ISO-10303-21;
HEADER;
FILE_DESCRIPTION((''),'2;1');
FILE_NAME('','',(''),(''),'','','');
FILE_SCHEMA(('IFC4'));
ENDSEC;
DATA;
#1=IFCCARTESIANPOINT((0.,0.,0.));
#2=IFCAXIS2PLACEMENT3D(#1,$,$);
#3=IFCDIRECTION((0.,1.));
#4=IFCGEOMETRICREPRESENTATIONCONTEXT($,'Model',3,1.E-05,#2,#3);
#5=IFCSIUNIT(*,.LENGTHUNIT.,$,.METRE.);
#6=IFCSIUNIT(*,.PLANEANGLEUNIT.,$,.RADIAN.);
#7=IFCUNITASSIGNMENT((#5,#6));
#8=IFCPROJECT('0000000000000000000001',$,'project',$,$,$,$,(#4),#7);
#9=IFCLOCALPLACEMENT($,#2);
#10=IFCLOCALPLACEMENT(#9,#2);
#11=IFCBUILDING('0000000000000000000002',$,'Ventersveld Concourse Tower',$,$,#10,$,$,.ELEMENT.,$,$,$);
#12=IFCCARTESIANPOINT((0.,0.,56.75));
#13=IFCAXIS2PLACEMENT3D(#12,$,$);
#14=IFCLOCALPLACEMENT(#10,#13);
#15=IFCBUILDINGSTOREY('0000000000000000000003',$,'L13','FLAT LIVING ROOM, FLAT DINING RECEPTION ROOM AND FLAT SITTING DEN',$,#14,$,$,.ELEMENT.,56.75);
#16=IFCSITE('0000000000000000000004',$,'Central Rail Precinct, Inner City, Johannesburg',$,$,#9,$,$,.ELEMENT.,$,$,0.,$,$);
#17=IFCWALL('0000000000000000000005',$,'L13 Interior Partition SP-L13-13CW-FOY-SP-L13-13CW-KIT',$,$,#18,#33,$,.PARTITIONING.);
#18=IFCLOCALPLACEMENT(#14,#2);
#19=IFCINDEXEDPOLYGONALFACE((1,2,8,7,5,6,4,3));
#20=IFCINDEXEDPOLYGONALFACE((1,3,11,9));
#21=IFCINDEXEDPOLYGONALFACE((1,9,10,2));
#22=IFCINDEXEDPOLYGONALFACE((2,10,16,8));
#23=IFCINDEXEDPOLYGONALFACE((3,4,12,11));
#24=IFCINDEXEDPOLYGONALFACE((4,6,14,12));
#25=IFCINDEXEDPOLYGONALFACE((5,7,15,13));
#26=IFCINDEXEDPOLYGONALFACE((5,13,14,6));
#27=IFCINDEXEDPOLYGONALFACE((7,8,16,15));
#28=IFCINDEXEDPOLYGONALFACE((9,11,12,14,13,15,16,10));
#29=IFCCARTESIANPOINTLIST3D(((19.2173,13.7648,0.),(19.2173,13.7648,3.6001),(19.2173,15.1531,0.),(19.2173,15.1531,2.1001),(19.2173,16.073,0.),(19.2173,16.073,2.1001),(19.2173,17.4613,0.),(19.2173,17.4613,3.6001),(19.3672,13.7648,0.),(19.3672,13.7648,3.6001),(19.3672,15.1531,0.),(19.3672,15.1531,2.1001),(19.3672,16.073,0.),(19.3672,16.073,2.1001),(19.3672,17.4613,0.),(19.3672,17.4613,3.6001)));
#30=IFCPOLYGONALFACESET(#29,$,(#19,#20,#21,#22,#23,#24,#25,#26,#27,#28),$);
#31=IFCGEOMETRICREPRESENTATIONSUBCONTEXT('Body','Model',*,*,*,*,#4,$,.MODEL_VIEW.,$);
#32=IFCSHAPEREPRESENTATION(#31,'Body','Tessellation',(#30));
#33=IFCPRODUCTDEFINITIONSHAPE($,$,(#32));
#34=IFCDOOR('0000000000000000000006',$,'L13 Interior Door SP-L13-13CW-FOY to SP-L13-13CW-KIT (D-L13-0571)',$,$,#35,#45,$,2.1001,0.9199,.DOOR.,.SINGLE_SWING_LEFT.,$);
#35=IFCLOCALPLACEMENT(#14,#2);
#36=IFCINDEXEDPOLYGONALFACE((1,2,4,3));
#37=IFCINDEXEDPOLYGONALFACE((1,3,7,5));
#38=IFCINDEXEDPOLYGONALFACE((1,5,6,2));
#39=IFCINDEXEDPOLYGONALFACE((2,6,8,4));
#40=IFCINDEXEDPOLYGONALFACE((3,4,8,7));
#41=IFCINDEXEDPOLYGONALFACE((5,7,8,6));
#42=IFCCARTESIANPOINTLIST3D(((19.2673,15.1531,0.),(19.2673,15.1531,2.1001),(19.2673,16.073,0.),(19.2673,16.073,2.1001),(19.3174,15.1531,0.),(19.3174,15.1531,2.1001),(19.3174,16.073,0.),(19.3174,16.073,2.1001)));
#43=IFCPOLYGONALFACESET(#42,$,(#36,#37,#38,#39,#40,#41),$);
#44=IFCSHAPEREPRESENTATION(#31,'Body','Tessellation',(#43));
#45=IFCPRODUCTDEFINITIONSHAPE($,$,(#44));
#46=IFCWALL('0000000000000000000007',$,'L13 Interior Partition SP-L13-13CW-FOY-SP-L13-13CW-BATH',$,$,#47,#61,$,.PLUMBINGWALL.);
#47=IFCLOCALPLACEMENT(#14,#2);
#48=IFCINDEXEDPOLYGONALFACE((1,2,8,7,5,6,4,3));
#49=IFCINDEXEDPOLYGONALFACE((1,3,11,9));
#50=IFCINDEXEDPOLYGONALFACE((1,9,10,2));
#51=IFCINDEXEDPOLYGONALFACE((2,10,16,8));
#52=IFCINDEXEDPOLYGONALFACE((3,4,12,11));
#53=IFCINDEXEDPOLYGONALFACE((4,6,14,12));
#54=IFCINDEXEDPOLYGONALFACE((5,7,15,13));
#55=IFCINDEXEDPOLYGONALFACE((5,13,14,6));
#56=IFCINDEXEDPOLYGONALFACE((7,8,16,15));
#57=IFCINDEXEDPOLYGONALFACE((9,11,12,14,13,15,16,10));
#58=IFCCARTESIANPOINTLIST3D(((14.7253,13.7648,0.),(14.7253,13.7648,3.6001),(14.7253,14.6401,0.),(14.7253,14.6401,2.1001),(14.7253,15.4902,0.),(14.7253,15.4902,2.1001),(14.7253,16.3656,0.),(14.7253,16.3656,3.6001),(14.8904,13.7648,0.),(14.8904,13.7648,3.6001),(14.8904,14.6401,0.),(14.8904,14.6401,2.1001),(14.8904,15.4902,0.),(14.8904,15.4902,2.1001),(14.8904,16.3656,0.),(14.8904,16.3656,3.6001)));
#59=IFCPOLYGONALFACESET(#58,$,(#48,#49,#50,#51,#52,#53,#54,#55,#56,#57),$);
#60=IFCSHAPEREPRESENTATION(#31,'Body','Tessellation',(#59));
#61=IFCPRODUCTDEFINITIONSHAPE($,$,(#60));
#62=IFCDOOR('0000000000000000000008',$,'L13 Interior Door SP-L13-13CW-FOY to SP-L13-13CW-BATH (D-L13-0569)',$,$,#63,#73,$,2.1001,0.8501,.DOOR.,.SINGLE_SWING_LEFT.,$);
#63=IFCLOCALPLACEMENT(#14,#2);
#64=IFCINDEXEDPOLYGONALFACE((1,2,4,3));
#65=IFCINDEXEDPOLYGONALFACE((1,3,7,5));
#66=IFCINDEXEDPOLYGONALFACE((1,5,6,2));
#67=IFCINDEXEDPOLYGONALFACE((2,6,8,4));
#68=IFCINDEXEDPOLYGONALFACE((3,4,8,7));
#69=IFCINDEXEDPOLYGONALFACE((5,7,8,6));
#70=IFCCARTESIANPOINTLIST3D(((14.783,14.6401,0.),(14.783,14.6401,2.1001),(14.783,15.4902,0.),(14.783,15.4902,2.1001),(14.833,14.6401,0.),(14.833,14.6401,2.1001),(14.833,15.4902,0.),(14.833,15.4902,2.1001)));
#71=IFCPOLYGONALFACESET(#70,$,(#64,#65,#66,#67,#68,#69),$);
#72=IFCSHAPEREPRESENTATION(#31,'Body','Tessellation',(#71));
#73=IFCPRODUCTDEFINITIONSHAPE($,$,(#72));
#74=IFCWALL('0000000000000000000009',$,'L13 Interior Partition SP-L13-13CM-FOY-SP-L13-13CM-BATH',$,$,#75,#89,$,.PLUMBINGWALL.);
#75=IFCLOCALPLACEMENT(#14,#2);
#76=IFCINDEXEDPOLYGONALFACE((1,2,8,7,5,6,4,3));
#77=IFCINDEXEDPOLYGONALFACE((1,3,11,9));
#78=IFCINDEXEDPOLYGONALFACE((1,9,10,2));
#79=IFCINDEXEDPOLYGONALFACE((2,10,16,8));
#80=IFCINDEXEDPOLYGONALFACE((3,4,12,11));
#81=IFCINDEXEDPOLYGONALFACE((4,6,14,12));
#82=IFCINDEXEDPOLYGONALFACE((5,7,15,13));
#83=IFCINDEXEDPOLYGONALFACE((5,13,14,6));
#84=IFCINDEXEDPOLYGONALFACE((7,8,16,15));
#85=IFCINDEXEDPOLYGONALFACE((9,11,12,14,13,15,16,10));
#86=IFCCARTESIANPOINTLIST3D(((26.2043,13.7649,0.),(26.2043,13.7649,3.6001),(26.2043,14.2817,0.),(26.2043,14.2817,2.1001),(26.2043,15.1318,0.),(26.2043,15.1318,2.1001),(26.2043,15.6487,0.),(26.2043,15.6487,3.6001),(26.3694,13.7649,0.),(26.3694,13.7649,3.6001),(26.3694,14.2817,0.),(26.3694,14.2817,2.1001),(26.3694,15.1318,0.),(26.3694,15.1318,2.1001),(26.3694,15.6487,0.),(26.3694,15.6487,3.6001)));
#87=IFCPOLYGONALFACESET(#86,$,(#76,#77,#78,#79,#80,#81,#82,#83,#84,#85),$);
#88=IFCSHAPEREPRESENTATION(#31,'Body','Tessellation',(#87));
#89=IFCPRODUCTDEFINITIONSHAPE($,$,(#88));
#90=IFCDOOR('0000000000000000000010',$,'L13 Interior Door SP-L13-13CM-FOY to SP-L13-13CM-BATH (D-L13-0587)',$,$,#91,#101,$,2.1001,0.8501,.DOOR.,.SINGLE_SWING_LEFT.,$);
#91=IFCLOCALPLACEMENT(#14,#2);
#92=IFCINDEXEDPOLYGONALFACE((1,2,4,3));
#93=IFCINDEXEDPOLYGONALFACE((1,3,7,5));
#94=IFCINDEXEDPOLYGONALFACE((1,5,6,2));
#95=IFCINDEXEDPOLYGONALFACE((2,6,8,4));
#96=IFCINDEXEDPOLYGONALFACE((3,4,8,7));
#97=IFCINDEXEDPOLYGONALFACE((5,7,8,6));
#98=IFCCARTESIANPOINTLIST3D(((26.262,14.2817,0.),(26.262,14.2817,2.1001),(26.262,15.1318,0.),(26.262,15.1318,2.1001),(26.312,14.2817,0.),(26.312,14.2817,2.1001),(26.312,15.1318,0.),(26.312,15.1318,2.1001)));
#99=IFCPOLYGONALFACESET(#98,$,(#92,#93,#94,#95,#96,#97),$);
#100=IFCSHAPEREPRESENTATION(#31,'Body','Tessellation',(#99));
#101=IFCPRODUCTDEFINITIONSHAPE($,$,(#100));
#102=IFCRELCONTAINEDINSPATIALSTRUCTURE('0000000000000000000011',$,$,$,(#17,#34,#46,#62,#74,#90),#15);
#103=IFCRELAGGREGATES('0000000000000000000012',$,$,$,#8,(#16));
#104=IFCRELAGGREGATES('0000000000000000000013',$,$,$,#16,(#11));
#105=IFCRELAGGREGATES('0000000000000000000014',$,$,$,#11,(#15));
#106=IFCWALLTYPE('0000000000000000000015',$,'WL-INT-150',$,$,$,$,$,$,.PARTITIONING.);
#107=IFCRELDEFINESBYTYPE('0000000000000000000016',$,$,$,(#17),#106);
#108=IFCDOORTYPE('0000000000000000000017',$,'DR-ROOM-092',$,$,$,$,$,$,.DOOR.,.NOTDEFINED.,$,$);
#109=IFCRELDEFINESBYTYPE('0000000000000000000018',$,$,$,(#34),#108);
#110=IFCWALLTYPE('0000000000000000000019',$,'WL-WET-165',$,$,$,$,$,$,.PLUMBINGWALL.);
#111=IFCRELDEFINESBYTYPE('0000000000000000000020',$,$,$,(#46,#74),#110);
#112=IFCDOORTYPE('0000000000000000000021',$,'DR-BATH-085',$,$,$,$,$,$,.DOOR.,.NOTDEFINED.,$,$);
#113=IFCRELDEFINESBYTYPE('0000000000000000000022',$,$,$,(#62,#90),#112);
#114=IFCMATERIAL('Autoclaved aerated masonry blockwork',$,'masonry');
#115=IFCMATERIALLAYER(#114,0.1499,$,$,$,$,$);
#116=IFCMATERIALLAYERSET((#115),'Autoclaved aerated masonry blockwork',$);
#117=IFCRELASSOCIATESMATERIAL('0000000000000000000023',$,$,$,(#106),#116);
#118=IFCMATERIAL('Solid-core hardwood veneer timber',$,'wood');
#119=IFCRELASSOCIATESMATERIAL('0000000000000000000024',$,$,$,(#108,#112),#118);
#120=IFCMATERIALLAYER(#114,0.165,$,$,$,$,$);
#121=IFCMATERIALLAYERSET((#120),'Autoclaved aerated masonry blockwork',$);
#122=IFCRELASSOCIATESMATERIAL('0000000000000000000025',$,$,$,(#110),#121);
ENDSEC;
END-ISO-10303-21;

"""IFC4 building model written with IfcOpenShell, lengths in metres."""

from ifc_helpers import new_model, si_unit, direction, frame, frame_2d, origin, place, context, subcontext, project, spatial, rectangle, extrude, material, layer, layer_set, type_object, element, fill, save


model = new_model("IFC4")

# Units and contexts
model_context = context("Model", 3, precision=1e-05, world=origin(), true_north=direction((0.0, 1.0)))
body_context = subcontext(model_context, "Body", "Model", "MODEL_VIEW")
ifc_project = project(units=[si_unit("LENGTHUNIT", "METRE"), si_unit("PLANEANGLEUNIT", "RADIAN")], contexts=[model_context])

# Site, building, storey
site_placement = place(None, origin())
site = spatial("IfcSite", under=ifc_project, at=site_placement, Name="Central Rail Precinct, Inner City, Johannesburg", CompositionType="ELEMENT", RefElevation=0.0)
building_placement = place(site_placement, origin())
building = spatial("IfcBuilding", under=site, at=building_placement, Name="Ventersveld Concourse Tower", CompositionType="ELEMENT")
storey_placement = place(building_placement, frame((0.0, 0.0, 56.75)))
storey = spatial("IfcBuildingStorey", under=building, at=storey_placement, Name="L13", Description="FLAT LIVING ROOM, FLAT DINING RECEPTION ROOM AND FLAT SITTING DEN", CompositionType="ELEMENT", Elevation=56.75)

# Shared definitions
ifc_material_1 = material(Name="Solid-core hardwood veneer timber", Category="wood")

# Walls, openings, doors
ifc_material_2 = material(Name="Autoclaved aerated masonry blockwork", Category="masonry")
ifc_layer_1 = layer(ifc_material_2, 0.1499)
ifc_layer_set_1 = layer_set([ifc_layer_1], Name="Autoclaved aerated masonry blockwork")
wall_type_1 = type_object("IfcWallType", Name="WL-INT-150", PredefinedType="PARTITIONING", material=ifc_layer_set_1)
wall_1_placement = place(storey_placement, frame((19.2922, 13.7649, 0.0), z_axis=(0.0, 0.0, 1.0), x_axis=(0.0, 1.0, 0.0)))
wall_1 = element("IfcWall", 1, at=wall_1_placement, inside=storey, type_object=wall_type_1, Name="L13 Interior Partition SP-L13-13CW-FOY-SP-L13-13CW-KIT", PredefinedType="PARTITIONING", context=body_context, shape_type="SweptSolid", body=[
    extrude(rectangle(XDim=3.6965, YDim=0.1499, at=frame_2d((1.8481, 0.0))), origin(), (0.0, 0.0, 1.0), 3.6001),
])
opening_1_placement = place(wall_1_placement, frame((1.3882, 0.0, 0.0)))
opening_1 = element("IfcOpeningElement", 2, at=opening_1_placement, cuts=wall_1, PredefinedType="OPENING", context=body_context, shape_type="SweptSolid", body=[
    extrude(rectangle(XDim=0.9199, YDim=2.1001, at=frame_2d((0.46, 1.05))), frame((0.0, 0.085, 0.0), z_axis=(0.0, -1.0, 0.0), x_axis=(1.0, 0.0, 0.0)), (0.0, 0.0, 1.0), 0.1699),
])
door_type_1 = type_object("IfcDoorType", Name="DR-ROOM-092", OperationType="NOTDEFINED", PredefinedType="DOOR", material=ifc_material_1)
door_1_placement = place(opening_1_placement, origin())
door_1 = element("IfcDoor", 3, at=door_1_placement, inside=storey, type_object=door_type_1, Name="L13 Interior Door SP-L13-13CW-FOY to SP-L13-13CW-KIT (D-L13-0571)", OperationType="SINGLE_SWING_LEFT", OverallHeight=2.1001, OverallWidth=0.9199, PredefinedType="DOOR", context=body_context, shape_type="SweptSolid", body=[
    extrude(rectangle(XDim=0.9199, YDim=2.1001, at=frame_2d((0.46, 1.05))), frame((0.0, 0.0249, 0.0), z_axis=(0.0, -1.0, 0.0), x_axis=(1.0, 0.0, 0.0)), (0.0, 0.0, 1.0), 0.05),
])
fill(opening_1, door_1)
ifc_layer_2 = layer(ifc_material_2, 0.165)
ifc_layer_set_2 = layer_set([ifc_layer_2], Name="Autoclaved aerated masonry blockwork")
wall_type_2 = type_object("IfcWallType", Name="WL-WET-165", PredefinedType="PLUMBINGWALL", material=ifc_layer_set_2)
wall_2_placement = place(storey_placement, frame((14.8079, 13.7649, 0.0), z_axis=(0.0, 0.0, 1.0), x_axis=(0.0, 1.0, 0.0)))
wall_2 = element("IfcWall", 4, at=wall_2_placement, inside=storey, type_object=wall_type_2, Name="L13 Interior Partition SP-L13-13CW-FOY-SP-L13-13CW-BATH", PredefinedType="PLUMBINGWALL", context=body_context, shape_type="SweptSolid", body=[
    extrude(rectangle(XDim=2.6008, YDim=0.165, at=frame_2d((1.3003, 0.0))), origin(), (0.0, 0.0, 1.0), 3.6001),
])
opening_2_placement = place(wall_2_placement, frame((0.8752, 0.0, 0.0)))
opening_2 = element("IfcOpeningElement", 5, at=opening_2_placement, cuts=wall_2, PredefinedType="OPENING", context=body_context, shape_type="SweptSolid", body=[
    extrude(rectangle(XDim=0.8501, YDim=2.1001, at=frame_2d((0.425, 1.05))), frame((0.0, 0.0925, 0.0), z_axis=(0.0, -1.0, 0.0), x_axis=(1.0, 0.0, 0.0)), (0.0, 0.0, 1.0), 0.1851),
])
door_type_2 = type_object("IfcDoorType", Name="DR-BATH-085", OperationType="NOTDEFINED", PredefinedType="DOOR", material=ifc_material_1)
door_2_placement = place(opening_2_placement, origin())
door_2 = element("IfcDoor", 6, at=door_2_placement, inside=storey, type_object=door_type_2, Name="L13 Interior Door SP-L13-13CW-FOY to SP-L13-13CW-BATH (D-L13-0569)", OperationType="SINGLE_SWING_LEFT", OverallHeight=2.1001, OverallWidth=0.8501, PredefinedType="DOOR", context=body_context, shape_type="SweptSolid", body=[
    extrude(rectangle(XDim=0.8501, YDim=2.1001, at=frame_2d((0.425, 1.05))), frame((0.0, 0.0249, 0.0), z_axis=(0.0, -1.0, 0.0), x_axis=(1.0, 0.0, 0.0)), (0.0, 0.0, 1.0), 0.05),
])
fill(opening_2, door_2)
wall_3_placement = place(storey_placement, frame((26.2869, 13.7649, 0.0), z_axis=(0.0, 0.0, 1.0), x_axis=(0.0, 1.0, 0.0)))
wall_3 = element("IfcWall", 7, at=wall_3_placement, inside=storey, type_object=wall_type_2, Name="L13 Interior Partition SP-L13-13CM-FOY-SP-L13-13CM-BATH", PredefinedType="PLUMBINGWALL", context=body_context, shape_type="SweptSolid", body=[
    extrude(rectangle(XDim=1.8838, YDim=0.165, at=frame_2d((0.9419, 0.0))), origin(), (0.0, 0.0, 1.0), 3.6001),
])
opening_3_placement = place(wall_3_placement, frame((0.5168, 0.0, 0.0)))
opening_3 = element("IfcOpeningElement", 8, at=opening_3_placement, cuts=wall_3, PredefinedType="OPENING", context=body_context, shape_type="SweptSolid", body=[
    extrude(rectangle(XDim=0.8501, YDim=2.1001, at=frame_2d((0.425, 1.05))), frame((0.0, 0.0925, 0.0), z_axis=(0.0, -1.0, 0.0), x_axis=(1.0, 0.0, 0.0)), (0.0, 0.0, 1.0), 0.1851),
])
door_3_placement = place(opening_3_placement, origin())
door_3 = element("IfcDoor", 9, at=door_3_placement, inside=storey, type_object=door_type_2, Name="L13 Interior Door SP-L13-13CM-FOY to SP-L13-13CM-BATH (D-L13-0587)", OperationType="SINGLE_SWING_LEFT", OverallHeight=2.1001, OverallWidth=0.8501, PredefinedType="DOOR", context=body_context, shape_type="SweptSolid", body=[
    extrude(rectangle(XDim=0.8501, YDim=2.1001, at=frame_2d((0.425, 1.05))), frame((0.0, 0.0249, 0.0), z_axis=(0.0, -1.0, 0.0), x_axis=(1.0, 0.0, 0.0)), (0.0, 0.0, 1.0), 0.05),
])
fill(opening_3, door_3)

save(model, "model.ifc")
